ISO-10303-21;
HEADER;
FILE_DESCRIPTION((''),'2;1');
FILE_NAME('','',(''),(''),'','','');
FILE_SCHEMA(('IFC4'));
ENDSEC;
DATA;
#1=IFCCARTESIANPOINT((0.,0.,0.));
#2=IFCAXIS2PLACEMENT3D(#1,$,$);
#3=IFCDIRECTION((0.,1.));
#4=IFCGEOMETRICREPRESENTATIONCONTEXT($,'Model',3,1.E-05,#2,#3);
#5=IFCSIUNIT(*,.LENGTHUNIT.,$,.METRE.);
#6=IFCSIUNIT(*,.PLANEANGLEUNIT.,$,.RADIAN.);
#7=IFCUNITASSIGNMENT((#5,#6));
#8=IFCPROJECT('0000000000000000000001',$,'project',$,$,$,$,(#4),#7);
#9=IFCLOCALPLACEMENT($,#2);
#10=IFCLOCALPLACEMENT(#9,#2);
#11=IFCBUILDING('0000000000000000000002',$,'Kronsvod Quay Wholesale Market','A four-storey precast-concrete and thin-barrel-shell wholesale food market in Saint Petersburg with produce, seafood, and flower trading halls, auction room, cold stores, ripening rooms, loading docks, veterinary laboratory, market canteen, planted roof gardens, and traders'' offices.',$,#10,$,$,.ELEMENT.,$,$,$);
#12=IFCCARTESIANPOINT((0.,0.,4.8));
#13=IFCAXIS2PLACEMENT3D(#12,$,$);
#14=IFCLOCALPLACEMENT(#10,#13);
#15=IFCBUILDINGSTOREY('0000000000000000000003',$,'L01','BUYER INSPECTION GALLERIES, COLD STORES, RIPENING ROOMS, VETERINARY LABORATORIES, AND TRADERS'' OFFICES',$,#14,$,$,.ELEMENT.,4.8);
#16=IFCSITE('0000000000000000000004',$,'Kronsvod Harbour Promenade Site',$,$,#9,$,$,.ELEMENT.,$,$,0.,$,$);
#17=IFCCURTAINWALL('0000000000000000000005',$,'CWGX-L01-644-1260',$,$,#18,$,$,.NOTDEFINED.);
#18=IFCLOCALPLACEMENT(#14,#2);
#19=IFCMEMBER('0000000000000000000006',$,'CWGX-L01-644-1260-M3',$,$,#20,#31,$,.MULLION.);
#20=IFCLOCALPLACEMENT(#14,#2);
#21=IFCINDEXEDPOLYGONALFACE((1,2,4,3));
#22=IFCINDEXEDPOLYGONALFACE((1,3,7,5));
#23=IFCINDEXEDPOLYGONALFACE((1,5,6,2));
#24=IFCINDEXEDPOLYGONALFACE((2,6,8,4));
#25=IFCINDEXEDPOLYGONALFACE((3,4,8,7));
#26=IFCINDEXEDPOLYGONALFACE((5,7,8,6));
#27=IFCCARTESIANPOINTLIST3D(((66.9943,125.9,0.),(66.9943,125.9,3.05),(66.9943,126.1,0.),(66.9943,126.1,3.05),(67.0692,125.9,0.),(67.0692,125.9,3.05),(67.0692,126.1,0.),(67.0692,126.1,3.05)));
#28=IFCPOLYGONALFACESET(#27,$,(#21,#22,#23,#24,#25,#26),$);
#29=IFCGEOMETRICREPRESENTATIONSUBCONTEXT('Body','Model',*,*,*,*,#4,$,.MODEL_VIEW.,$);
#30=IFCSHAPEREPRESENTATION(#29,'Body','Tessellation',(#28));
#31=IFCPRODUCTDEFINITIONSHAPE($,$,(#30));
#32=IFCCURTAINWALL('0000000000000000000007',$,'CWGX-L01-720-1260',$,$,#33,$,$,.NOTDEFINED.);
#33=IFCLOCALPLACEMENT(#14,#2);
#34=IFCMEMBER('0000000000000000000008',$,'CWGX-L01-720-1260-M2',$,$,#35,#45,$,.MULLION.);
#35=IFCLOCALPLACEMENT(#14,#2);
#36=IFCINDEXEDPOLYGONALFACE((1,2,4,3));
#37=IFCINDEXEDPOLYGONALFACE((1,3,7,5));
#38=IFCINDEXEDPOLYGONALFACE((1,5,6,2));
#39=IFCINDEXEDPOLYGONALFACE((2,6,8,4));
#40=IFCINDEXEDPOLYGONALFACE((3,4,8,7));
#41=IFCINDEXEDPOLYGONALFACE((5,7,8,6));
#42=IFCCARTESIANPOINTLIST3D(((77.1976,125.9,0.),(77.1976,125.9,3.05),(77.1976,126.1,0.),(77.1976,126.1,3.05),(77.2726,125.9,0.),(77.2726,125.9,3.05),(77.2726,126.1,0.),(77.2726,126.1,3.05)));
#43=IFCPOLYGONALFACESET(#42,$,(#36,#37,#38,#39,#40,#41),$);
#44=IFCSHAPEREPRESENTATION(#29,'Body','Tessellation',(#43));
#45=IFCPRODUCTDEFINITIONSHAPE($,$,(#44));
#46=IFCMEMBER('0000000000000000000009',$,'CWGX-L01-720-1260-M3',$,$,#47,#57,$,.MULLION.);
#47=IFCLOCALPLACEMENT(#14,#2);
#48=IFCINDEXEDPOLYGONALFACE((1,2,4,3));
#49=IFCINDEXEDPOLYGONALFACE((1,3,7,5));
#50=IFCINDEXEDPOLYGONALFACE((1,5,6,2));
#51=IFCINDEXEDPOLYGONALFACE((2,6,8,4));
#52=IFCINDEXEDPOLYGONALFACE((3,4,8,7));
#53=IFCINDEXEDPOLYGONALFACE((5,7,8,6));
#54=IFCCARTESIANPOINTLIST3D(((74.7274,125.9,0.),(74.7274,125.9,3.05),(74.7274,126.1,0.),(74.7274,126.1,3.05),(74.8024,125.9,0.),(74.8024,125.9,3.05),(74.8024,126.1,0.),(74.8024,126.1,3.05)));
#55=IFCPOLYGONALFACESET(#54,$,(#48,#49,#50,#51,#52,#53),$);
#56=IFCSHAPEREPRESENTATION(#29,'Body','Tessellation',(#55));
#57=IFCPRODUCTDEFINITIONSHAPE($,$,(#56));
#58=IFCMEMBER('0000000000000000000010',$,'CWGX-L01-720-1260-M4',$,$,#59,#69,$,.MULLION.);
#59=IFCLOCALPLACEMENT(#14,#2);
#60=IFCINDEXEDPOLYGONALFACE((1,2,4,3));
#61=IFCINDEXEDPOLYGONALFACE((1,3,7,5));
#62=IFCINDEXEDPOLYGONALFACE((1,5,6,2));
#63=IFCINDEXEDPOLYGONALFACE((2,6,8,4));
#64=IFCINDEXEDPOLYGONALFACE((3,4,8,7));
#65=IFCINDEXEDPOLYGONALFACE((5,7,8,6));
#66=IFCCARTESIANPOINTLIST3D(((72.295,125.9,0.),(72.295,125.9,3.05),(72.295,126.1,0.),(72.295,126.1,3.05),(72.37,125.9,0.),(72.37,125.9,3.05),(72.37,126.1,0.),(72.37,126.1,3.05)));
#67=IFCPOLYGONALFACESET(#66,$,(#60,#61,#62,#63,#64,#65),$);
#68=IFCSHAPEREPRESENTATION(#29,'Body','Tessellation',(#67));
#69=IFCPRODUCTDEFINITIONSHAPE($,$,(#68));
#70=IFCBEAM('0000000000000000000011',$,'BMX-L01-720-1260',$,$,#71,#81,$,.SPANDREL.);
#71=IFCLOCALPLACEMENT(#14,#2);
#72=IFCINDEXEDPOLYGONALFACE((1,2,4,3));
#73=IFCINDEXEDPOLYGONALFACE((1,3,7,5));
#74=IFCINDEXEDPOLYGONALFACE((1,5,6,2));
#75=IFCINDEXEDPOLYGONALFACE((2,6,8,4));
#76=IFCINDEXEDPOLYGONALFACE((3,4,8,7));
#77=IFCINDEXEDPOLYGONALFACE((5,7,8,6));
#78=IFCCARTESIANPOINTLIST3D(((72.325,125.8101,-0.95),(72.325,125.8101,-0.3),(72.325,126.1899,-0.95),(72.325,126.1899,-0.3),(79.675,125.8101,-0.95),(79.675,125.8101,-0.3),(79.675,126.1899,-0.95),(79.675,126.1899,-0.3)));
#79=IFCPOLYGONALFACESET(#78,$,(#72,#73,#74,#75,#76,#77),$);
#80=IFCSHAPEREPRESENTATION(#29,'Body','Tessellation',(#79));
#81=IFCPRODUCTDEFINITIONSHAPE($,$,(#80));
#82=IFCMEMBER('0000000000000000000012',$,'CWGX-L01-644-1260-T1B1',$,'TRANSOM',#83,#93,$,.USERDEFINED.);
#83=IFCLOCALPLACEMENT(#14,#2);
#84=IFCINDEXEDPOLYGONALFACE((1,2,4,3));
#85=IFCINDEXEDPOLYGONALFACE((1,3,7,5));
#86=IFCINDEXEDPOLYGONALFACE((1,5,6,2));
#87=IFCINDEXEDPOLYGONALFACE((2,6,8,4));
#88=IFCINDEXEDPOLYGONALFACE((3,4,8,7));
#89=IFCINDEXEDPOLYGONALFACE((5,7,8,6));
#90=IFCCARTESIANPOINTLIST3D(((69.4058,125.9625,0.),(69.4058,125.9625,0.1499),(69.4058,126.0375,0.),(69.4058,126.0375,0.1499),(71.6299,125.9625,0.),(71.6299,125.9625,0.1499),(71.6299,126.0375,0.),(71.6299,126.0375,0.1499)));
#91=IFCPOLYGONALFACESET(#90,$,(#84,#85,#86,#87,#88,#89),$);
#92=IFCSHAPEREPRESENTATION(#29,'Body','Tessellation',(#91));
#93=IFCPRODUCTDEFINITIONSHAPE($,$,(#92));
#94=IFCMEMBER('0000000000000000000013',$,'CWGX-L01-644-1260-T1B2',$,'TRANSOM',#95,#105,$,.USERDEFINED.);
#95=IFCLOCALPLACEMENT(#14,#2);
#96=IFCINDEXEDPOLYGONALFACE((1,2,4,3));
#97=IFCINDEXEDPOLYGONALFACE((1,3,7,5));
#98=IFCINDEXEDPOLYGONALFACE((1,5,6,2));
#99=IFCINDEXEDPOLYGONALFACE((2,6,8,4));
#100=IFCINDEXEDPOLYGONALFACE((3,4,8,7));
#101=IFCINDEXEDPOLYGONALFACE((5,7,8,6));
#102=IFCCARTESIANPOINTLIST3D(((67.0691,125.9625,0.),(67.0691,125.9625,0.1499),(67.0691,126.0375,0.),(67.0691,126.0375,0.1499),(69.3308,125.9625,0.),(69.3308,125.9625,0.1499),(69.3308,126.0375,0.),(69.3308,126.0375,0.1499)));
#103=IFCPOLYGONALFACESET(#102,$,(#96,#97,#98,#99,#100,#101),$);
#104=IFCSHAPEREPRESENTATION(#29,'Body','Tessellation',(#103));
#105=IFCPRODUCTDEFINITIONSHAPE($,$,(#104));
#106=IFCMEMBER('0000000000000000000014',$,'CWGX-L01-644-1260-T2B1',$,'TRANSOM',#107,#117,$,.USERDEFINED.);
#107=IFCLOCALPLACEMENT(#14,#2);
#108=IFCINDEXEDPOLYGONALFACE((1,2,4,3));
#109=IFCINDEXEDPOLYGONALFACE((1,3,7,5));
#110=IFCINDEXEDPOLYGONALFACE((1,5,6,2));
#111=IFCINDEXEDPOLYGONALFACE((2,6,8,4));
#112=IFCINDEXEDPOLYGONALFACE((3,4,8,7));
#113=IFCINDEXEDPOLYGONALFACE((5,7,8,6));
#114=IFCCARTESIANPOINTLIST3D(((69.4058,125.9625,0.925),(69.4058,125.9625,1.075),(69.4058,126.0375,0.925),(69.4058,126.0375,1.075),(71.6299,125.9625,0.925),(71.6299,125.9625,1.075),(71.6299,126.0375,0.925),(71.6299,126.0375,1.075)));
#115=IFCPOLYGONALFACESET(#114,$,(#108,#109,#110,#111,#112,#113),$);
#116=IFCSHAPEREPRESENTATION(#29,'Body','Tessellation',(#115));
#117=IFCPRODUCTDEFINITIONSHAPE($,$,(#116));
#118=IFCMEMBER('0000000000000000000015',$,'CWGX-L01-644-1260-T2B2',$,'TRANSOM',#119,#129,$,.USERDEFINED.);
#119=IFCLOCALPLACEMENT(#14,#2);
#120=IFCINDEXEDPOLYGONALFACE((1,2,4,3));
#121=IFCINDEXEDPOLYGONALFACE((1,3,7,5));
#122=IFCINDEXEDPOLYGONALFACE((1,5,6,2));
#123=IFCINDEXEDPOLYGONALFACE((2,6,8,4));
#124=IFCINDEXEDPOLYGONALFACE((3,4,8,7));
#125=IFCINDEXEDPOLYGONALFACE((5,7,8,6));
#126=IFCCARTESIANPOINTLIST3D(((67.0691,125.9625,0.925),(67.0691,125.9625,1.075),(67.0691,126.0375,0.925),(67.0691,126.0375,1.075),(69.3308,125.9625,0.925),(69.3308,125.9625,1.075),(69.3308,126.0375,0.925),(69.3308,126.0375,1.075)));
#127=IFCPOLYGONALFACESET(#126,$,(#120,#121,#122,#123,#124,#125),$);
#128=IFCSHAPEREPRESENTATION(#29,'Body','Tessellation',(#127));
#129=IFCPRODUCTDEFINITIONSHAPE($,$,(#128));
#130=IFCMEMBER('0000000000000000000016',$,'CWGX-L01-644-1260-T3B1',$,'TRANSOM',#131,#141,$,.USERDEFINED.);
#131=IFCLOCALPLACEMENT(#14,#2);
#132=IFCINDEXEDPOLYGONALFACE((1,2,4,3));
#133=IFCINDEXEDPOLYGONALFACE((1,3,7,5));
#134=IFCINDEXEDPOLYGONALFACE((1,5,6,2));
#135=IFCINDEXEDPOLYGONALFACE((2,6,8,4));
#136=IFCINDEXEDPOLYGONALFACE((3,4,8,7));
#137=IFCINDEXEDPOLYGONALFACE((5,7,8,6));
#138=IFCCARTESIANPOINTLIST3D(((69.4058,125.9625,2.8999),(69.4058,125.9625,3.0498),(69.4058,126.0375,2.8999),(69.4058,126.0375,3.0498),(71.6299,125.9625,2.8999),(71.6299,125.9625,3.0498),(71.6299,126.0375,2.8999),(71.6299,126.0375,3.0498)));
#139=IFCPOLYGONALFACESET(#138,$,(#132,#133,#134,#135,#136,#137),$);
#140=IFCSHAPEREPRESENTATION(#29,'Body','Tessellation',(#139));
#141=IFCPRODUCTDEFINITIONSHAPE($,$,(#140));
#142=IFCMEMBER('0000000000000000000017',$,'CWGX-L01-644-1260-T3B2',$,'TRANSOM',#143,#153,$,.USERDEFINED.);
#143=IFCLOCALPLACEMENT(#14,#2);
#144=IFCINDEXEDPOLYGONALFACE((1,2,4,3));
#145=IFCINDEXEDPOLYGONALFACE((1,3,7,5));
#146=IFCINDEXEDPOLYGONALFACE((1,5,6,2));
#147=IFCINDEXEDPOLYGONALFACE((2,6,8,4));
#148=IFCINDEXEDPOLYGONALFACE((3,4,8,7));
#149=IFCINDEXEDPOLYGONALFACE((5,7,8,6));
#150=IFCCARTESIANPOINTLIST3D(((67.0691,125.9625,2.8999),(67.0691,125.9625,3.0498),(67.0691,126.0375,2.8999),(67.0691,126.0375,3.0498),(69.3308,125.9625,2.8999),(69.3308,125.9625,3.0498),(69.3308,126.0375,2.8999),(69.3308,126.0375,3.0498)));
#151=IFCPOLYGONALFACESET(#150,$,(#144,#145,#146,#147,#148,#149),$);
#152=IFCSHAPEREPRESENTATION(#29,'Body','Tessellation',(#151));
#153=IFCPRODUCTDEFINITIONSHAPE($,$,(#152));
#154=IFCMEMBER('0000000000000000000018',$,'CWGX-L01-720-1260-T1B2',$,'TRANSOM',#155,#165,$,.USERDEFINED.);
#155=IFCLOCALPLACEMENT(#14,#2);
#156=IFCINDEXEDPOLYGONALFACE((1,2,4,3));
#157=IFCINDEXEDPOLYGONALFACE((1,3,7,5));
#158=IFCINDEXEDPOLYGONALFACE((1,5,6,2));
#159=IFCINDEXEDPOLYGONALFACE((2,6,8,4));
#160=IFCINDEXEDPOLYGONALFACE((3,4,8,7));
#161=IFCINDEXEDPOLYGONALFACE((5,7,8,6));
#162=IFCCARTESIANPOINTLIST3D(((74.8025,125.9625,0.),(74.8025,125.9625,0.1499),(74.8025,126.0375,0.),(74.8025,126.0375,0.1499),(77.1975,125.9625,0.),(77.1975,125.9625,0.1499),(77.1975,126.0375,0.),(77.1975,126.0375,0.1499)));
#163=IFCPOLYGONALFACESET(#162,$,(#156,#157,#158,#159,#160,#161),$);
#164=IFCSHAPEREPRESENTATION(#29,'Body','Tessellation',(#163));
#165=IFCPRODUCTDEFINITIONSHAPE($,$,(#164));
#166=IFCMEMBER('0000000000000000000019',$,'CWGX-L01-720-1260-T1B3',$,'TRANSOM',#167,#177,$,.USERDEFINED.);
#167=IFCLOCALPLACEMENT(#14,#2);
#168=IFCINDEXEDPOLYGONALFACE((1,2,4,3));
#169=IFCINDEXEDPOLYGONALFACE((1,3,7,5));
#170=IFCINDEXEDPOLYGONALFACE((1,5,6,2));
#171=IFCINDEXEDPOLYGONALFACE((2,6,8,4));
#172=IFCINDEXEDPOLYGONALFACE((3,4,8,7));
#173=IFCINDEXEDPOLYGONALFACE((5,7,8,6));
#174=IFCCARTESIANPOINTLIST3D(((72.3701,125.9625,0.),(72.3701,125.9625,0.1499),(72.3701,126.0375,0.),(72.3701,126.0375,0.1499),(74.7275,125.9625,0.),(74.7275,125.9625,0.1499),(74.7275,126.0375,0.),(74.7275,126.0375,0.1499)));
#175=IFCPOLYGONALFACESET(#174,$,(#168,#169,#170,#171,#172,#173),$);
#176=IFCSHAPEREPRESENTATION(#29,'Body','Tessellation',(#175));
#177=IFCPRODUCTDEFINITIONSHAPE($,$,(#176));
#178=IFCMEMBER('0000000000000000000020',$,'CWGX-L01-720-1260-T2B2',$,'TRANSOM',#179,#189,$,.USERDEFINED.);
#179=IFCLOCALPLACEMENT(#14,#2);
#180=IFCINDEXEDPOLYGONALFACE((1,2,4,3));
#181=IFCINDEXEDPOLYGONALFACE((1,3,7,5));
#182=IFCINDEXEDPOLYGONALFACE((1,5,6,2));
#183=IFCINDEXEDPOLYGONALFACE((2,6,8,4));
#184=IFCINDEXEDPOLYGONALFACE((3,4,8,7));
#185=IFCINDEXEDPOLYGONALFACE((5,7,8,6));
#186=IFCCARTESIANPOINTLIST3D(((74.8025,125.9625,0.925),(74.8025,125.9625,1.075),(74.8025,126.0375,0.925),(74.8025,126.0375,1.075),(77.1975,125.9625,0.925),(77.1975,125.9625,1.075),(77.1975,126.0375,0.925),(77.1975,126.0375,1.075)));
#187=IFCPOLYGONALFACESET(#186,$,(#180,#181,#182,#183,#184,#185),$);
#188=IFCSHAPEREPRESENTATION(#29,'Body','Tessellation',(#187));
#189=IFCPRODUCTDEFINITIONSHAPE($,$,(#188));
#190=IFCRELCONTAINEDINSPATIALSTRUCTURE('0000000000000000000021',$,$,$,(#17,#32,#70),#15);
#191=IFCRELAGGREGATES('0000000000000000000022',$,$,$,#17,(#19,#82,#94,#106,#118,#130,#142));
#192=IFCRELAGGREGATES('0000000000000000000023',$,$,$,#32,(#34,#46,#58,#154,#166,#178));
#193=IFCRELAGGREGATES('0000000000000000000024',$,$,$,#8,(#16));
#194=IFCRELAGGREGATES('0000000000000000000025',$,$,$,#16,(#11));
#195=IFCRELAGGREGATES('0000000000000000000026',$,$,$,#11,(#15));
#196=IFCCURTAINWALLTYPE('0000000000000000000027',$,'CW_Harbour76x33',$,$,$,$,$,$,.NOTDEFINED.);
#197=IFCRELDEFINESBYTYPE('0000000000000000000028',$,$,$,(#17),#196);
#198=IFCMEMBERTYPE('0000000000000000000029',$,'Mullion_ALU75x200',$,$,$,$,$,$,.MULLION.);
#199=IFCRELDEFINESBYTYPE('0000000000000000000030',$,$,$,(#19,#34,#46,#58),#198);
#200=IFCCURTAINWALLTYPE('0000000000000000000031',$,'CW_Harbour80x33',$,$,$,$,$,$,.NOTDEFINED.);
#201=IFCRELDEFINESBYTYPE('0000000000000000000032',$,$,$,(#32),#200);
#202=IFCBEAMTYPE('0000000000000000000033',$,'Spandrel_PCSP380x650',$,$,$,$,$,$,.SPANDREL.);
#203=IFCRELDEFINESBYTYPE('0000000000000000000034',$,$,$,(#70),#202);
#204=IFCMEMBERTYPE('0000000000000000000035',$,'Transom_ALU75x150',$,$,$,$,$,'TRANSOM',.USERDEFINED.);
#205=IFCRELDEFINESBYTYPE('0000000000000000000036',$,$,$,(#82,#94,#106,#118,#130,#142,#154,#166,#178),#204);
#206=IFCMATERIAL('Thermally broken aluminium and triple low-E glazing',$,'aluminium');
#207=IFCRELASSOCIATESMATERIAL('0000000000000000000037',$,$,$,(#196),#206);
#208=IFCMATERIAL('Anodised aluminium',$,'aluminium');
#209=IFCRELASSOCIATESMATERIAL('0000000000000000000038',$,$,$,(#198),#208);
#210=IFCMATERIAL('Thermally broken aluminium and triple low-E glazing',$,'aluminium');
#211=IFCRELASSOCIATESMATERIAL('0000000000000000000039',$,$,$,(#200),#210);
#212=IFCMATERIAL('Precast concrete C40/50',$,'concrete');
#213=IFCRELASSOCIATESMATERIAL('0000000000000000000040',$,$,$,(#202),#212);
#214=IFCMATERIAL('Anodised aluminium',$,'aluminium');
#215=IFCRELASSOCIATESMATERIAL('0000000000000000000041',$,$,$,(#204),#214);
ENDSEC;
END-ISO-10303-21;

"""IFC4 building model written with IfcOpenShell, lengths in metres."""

from ifc_helpers import new_model, si_unit, direction, frame, origin, origin_2d, place, context, subcontext, project, spatial, rectangle, extrude, material, material_profile, profile_set, type_object, element, aggregate, save


model = new_model("IFC4")

# Units and contexts
model_context = context("Model", 3, precision=1e-05, world=origin(), true_north=direction((0.0, 1.0)))
body_context = subcontext(model_context, "Body", "Model", "MODEL_VIEW")
ifc_project = project(units=[si_unit("LENGTHUNIT", "METRE"), si_unit("PLANEANGLEUNIT", "RADIAN")], contexts=[model_context])

# Site, building, storey
site_placement = place(None, origin())
site = spatial("IfcSite", under=ifc_project, at=site_placement, Name="Kronsvod Harbour Promenade Site", CompositionType="ELEMENT", RefElevation=0.0)
building_placement = place(site_placement, origin())
building = spatial("IfcBuilding", under=site, at=building_placement, Name="Kronsvod Quay Wholesale Market", Description="A four-storey precast-concrete and thin-barrel-shell wholesale food market in Saint Petersburg with produce, seafood, and flower trading halls, auction room, cold stores, ripening rooms, loading docks, veterinary laboratory, market canteen, planted roof gardens, and traders' offices.", CompositionType="ELEMENT")
storey_placement = place(building_placement, frame((0.0, 0.0, 4.8)))
storey = spatial("IfcBuildingStorey", under=building, at=storey_placement, Name="L01", Description="BUYER INSPECTION GALLERIES, COLD STORES, RIPENING ROOMS, VETERINARY LABORATORIES, AND TRADERS' OFFICES", CompositionType="ELEMENT", Elevation=4.8)

# Curtain walls, members
ifc_material_1 = material(Name="Thermally broken aluminium and triple low-E glazing", Category="aluminium")
curtain_wall_type_1 = type_object("IfcCurtainWallType", Name="CW_Harbour76x33", PredefinedType="NOTDEFINED", material=ifc_material_1)
curtain_wall_1_placement = place(storey_placement, origin())
curtain_wall_1 = element("IfcCurtainWall", 1, at=curtain_wall_1_placement, inside=storey, type_object=curtain_wall_type_1, Name="CWGX-L01-644-1260", PredefinedType="NOTDEFINED")
ifc_material_2 = material(Name="Anodised aluminium", Category="aluminium")
ifc_material_profile_1 = material_profile(ifc_material_2, rectangle(XDim=0.075, YDim=0.2, at=origin_2d()), Name="ALUM75x200")
ifc_profile_set_1 = profile_set([ifc_material_profile_1], Name="Anodised aluminium")
member_type_1 = type_object("IfcMemberType", Name="Mullion_ALU75x200", PredefinedType="MULLION", material=ifc_profile_set_1)
member_1_placement = place(storey_placement, frame((67.0317, 126.0, 0.0), z_axis=(0.0, 0.0, 1.0), x_axis=(1.0, 0.0, 0.0)))
member_1 = element("IfcMember", 2, at=member_1_placement, type_object=member_type_1, Name="CWGX-L01-644-1260-M3", PredefinedType="MULLION", context=body_context, shape_type="SweptSolid", body=[
    extrude(rectangle(XDim=0.075, YDim=0.2, at=origin_2d()), origin(), (0.0, 0.0, 1.0), 3.05),
])
ifc_material_3 = material(Name="Thermally broken aluminium and triple low-E glazing", Category="aluminium")
curtain_wall_type_2 = type_object("IfcCurtainWallType", Name="CW_Harbour80x33", PredefinedType="NOTDEFINED", material=ifc_material_3)
curtain_wall_2_placement = place(storey_placement, origin())
curtain_wall_2 = element("IfcCurtainWall", 3, at=curtain_wall_2_placement, inside=storey, type_object=curtain_wall_type_2, Name="CWGX-L01-720-1260", PredefinedType="NOTDEFINED")
member_2_placement = place(storey_placement, frame((77.2351, 126.0, 0.0), z_axis=(0.0, 0.0, 1.0), x_axis=(1.0, 0.0, 0.0)))
member_2 = element("IfcMember", 4, at=member_2_placement, type_object=member_type_1, Name="CWGX-L01-720-1260-M2", PredefinedType="MULLION", context=body_context, shape_type="SweptSolid", body=[
    extrude(rectangle(XDim=0.075, YDim=0.2, at=origin_2d()), origin(), (0.0, 0.0, 1.0), 3.05),
])
member_3_placement = place(storey_placement, frame((74.7649, 126.0, 0.0), z_axis=(0.0, 0.0, 1.0), x_axis=(1.0, 0.0, 0.0)))
member_3 = element("IfcMember", 5, at=member_3_placement, type_object=member_type_1, Name="CWGX-L01-720-1260-M3", PredefinedType="MULLION", context=body_context, shape_type="SweptSolid", body=[
    extrude(rectangle(XDim=0.075, YDim=0.2, at=origin_2d()), origin(), (0.0, 0.0, 1.0), 3.05),
])
member_4_placement = place(storey_placement, frame((72.3325, 126.0, 0.0), z_axis=(0.0, 0.0, 1.0), x_axis=(1.0, 0.0, 0.0)))
member_4 = element("IfcMember", 6, at=member_4_placement, type_object=member_type_1, Name="CWGX-L01-720-1260-M4", PredefinedType="MULLION", context=body_context, shape_type="SweptSolid", body=[
    extrude(rectangle(XDim=0.075, YDim=0.2, at=origin_2d()), origin(), (0.0, 0.0, 1.0), 3.05),
])

# Beam
ifc_material_4 = material(Name="Precast concrete C40/50", Category="concrete")
ifc_material_profile_2 = material_profile(ifc_material_4, rectangle(XDim=0.3799, YDim=0.6499, at=origin_2d()), Name="SPB-03")
ifc_profile_set_2 = profile_set([ifc_material_profile_2], Name="Precast concrete C40/50")
beam_type_1 = type_object("IfcBeamType", Name="Spandrel_PCSP380x650", PredefinedType="SPANDREL", material=ifc_profile_set_2)
beam_1_placement = place(storey_placement, frame((72.325, 126.0, -0.625), z_axis=(1.0, 0.0, 0.0), x_axis=(0.0, 1.0, 0.0)))
element("IfcBeam", 7, at=beam_1_placement, inside=storey, type_object=beam_type_1, Name="BMX-L01-720-1260", PredefinedType="SPANDREL", context=body_context, shape_type="SweptSolid", body=[
    extrude(rectangle(XDim=0.3799, YDim=0.6499, at=origin_2d()), origin(), (0.0, 0.0, 1.0), 7.3501),
])

# Members
ifc_material_5 = material(Name="Anodised aluminium", Category="aluminium")
ifc_material_profile_3 = material_profile(ifc_material_5, rectangle(XDim=0.075, YDim=0.1499, at=origin_2d()), Name="ALUT75x150")
ifc_profile_set_3 = profile_set([ifc_material_profile_3], Name="Anodised aluminium")
member_type_2 = type_object("IfcMemberType", Name="Transom_ALU75x150", ElementType="TRANSOM", PredefinedType="USERDEFINED", material=ifc_profile_set_3)
member_5_placement = place(storey_placement, frame((71.6299, 126.0, 0.075), z_axis=(-1.0, 0.0, 0.0), x_axis=(0.0, -1.0, 0.0)))
member_5 = element("IfcMember", 8, at=member_5_placement, type_object=member_type_2, Name="CWGX-L01-644-1260-T1B1", ObjectType="TRANSOM", PredefinedType="USERDEFINED", context=body_context, shape_type="SweptSolid", body=[
    extrude(rectangle(XDim=0.075, YDim=0.1499, at=origin_2d()), origin(), (0.0, 0.0, 1.0), 2.2241),
])
member_6_placement = place(storey_placement, frame((69.3308, 126.0, 0.075), z_axis=(-1.0, 0.0, 0.0), x_axis=(0.0, -1.0, 0.0)))
member_6 = element("IfcMember", 9, at=member_6_placement, type_object=member_type_2, Name="CWGX-L01-644-1260-T1B2", ObjectType="TRANSOM", PredefinedType="USERDEFINED", context=body_context, shape_type="SweptSolid", body=[
    extrude(rectangle(XDim=0.075, YDim=0.1499, at=origin_2d()), origin(), (0.0, 0.0, 1.0), 2.2617),
])
member_7_placement = place(storey_placement, frame((71.6299, 126.0, 1.0), z_axis=(-1.0, 0.0, 0.0), x_axis=(0.0, -1.0, 0.0)))
member_7 = element("IfcMember", 10, at=member_7_placement, type_object=member_type_2, Name="CWGX-L01-644-1260-T2B1", ObjectType="TRANSOM", PredefinedType="USERDEFINED", context=body_context, shape_type="SweptSolid", body=[
    extrude(rectangle(XDim=0.075, YDim=0.1499, at=origin_2d()), origin(), (0.0, 0.0, 1.0), 2.2241),
])
member_8_placement = place(storey_placement, frame((69.3308, 126.0, 1.0), z_axis=(-1.0, 0.0, 0.0), x_axis=(0.0, -1.0, 0.0)))
member_8 = element("IfcMember", 11, at=member_8_placement, type_object=member_type_2, Name="CWGX-L01-644-1260-T2B2", ObjectType="TRANSOM", PredefinedType="USERDEFINED", context=body_context, shape_type="SweptSolid", body=[
    extrude(rectangle(XDim=0.075, YDim=0.1499, at=origin_2d()), origin(), (0.0, 0.0, 1.0), 2.2617),
])
member_9_placement = place(storey_placement, frame((71.6299, 126.0, 2.9749), z_axis=(-1.0, 0.0, 0.0), x_axis=(0.0, -1.0, 0.0)))
member_9 = element("IfcMember", 12, at=member_9_placement, type_object=member_type_2, Name="CWGX-L01-644-1260-T3B1", ObjectType="TRANSOM", PredefinedType="USERDEFINED", context=body_context, shape_type="SweptSolid", body=[
    extrude(rectangle(XDim=0.075, YDim=0.1499, at=origin_2d()), origin(), (0.0, 0.0, 1.0), 2.2241),
])
member_10_placement = place(storey_placement, frame((69.3308, 126.0, 2.9749), z_axis=(-1.0, 0.0, 0.0), x_axis=(0.0, -1.0, 0.0)))
member_10 = element("IfcMember", 13, at=member_10_placement, type_object=member_type_2, Name="CWGX-L01-644-1260-T3B2", ObjectType="TRANSOM", PredefinedType="USERDEFINED", context=body_context, shape_type="SweptSolid", body=[
    extrude(rectangle(XDim=0.075, YDim=0.1499, at=origin_2d()), origin(), (0.0, 0.0, 1.0), 2.2617),
])
member_11_placement = place(storey_placement, frame((77.1975, 126.0, 0.075), z_axis=(-1.0, 0.0, 0.0), x_axis=(0.0, -1.0, 0.0)))
member_11 = element("IfcMember", 14, at=member_11_placement, type_object=member_type_2, Name="CWGX-L01-720-1260-T1B2", ObjectType="TRANSOM", PredefinedType="USERDEFINED", context=body_context, shape_type="SweptSolid", body=[
    extrude(rectangle(XDim=0.075, YDim=0.1499, at=origin_2d()), origin(), (0.0, 0.0, 1.0), 2.395),
])
member_12_placement = place(storey_placement, frame((74.7275, 126.0, 0.075), z_axis=(-1.0, 0.0, 0.0), x_axis=(0.0, -1.0, 0.0)))
member_12 = element("IfcMember", 15, at=member_12_placement, type_object=member_type_2, Name="CWGX-L01-720-1260-T1B3", ObjectType="TRANSOM", PredefinedType="USERDEFINED", context=body_context, shape_type="SweptSolid", body=[
    extrude(rectangle(XDim=0.075, YDim=0.1499, at=origin_2d()), origin(), (0.0, 0.0, 1.0), 2.3574),
])
member_13_placement = place(storey_placement, frame((77.1975, 126.0, 1.0), z_axis=(-1.0, 0.0, 0.0), x_axis=(0.0, -1.0, 0.0)))
member_13 = element("IfcMember", 16, at=member_13_placement, type_object=member_type_2, Name="CWGX-L01-720-1260-T2B2", ObjectType="TRANSOM", PredefinedType="USERDEFINED", context=body_context, shape_type="SweptSolid", body=[
    extrude(rectangle(XDim=0.075, YDim=0.1499, at=origin_2d()), origin(), (0.0, 0.0, 1.0), 2.395),
])

aggregate(curtain_wall_1, [member_1, member_5, member_6, member_7, member_8, member_9, member_10])
aggregate(curtain_wall_2, [member_2, member_3, member_4, member_11, member_12, member_13])

save(model, "model.ifc")
